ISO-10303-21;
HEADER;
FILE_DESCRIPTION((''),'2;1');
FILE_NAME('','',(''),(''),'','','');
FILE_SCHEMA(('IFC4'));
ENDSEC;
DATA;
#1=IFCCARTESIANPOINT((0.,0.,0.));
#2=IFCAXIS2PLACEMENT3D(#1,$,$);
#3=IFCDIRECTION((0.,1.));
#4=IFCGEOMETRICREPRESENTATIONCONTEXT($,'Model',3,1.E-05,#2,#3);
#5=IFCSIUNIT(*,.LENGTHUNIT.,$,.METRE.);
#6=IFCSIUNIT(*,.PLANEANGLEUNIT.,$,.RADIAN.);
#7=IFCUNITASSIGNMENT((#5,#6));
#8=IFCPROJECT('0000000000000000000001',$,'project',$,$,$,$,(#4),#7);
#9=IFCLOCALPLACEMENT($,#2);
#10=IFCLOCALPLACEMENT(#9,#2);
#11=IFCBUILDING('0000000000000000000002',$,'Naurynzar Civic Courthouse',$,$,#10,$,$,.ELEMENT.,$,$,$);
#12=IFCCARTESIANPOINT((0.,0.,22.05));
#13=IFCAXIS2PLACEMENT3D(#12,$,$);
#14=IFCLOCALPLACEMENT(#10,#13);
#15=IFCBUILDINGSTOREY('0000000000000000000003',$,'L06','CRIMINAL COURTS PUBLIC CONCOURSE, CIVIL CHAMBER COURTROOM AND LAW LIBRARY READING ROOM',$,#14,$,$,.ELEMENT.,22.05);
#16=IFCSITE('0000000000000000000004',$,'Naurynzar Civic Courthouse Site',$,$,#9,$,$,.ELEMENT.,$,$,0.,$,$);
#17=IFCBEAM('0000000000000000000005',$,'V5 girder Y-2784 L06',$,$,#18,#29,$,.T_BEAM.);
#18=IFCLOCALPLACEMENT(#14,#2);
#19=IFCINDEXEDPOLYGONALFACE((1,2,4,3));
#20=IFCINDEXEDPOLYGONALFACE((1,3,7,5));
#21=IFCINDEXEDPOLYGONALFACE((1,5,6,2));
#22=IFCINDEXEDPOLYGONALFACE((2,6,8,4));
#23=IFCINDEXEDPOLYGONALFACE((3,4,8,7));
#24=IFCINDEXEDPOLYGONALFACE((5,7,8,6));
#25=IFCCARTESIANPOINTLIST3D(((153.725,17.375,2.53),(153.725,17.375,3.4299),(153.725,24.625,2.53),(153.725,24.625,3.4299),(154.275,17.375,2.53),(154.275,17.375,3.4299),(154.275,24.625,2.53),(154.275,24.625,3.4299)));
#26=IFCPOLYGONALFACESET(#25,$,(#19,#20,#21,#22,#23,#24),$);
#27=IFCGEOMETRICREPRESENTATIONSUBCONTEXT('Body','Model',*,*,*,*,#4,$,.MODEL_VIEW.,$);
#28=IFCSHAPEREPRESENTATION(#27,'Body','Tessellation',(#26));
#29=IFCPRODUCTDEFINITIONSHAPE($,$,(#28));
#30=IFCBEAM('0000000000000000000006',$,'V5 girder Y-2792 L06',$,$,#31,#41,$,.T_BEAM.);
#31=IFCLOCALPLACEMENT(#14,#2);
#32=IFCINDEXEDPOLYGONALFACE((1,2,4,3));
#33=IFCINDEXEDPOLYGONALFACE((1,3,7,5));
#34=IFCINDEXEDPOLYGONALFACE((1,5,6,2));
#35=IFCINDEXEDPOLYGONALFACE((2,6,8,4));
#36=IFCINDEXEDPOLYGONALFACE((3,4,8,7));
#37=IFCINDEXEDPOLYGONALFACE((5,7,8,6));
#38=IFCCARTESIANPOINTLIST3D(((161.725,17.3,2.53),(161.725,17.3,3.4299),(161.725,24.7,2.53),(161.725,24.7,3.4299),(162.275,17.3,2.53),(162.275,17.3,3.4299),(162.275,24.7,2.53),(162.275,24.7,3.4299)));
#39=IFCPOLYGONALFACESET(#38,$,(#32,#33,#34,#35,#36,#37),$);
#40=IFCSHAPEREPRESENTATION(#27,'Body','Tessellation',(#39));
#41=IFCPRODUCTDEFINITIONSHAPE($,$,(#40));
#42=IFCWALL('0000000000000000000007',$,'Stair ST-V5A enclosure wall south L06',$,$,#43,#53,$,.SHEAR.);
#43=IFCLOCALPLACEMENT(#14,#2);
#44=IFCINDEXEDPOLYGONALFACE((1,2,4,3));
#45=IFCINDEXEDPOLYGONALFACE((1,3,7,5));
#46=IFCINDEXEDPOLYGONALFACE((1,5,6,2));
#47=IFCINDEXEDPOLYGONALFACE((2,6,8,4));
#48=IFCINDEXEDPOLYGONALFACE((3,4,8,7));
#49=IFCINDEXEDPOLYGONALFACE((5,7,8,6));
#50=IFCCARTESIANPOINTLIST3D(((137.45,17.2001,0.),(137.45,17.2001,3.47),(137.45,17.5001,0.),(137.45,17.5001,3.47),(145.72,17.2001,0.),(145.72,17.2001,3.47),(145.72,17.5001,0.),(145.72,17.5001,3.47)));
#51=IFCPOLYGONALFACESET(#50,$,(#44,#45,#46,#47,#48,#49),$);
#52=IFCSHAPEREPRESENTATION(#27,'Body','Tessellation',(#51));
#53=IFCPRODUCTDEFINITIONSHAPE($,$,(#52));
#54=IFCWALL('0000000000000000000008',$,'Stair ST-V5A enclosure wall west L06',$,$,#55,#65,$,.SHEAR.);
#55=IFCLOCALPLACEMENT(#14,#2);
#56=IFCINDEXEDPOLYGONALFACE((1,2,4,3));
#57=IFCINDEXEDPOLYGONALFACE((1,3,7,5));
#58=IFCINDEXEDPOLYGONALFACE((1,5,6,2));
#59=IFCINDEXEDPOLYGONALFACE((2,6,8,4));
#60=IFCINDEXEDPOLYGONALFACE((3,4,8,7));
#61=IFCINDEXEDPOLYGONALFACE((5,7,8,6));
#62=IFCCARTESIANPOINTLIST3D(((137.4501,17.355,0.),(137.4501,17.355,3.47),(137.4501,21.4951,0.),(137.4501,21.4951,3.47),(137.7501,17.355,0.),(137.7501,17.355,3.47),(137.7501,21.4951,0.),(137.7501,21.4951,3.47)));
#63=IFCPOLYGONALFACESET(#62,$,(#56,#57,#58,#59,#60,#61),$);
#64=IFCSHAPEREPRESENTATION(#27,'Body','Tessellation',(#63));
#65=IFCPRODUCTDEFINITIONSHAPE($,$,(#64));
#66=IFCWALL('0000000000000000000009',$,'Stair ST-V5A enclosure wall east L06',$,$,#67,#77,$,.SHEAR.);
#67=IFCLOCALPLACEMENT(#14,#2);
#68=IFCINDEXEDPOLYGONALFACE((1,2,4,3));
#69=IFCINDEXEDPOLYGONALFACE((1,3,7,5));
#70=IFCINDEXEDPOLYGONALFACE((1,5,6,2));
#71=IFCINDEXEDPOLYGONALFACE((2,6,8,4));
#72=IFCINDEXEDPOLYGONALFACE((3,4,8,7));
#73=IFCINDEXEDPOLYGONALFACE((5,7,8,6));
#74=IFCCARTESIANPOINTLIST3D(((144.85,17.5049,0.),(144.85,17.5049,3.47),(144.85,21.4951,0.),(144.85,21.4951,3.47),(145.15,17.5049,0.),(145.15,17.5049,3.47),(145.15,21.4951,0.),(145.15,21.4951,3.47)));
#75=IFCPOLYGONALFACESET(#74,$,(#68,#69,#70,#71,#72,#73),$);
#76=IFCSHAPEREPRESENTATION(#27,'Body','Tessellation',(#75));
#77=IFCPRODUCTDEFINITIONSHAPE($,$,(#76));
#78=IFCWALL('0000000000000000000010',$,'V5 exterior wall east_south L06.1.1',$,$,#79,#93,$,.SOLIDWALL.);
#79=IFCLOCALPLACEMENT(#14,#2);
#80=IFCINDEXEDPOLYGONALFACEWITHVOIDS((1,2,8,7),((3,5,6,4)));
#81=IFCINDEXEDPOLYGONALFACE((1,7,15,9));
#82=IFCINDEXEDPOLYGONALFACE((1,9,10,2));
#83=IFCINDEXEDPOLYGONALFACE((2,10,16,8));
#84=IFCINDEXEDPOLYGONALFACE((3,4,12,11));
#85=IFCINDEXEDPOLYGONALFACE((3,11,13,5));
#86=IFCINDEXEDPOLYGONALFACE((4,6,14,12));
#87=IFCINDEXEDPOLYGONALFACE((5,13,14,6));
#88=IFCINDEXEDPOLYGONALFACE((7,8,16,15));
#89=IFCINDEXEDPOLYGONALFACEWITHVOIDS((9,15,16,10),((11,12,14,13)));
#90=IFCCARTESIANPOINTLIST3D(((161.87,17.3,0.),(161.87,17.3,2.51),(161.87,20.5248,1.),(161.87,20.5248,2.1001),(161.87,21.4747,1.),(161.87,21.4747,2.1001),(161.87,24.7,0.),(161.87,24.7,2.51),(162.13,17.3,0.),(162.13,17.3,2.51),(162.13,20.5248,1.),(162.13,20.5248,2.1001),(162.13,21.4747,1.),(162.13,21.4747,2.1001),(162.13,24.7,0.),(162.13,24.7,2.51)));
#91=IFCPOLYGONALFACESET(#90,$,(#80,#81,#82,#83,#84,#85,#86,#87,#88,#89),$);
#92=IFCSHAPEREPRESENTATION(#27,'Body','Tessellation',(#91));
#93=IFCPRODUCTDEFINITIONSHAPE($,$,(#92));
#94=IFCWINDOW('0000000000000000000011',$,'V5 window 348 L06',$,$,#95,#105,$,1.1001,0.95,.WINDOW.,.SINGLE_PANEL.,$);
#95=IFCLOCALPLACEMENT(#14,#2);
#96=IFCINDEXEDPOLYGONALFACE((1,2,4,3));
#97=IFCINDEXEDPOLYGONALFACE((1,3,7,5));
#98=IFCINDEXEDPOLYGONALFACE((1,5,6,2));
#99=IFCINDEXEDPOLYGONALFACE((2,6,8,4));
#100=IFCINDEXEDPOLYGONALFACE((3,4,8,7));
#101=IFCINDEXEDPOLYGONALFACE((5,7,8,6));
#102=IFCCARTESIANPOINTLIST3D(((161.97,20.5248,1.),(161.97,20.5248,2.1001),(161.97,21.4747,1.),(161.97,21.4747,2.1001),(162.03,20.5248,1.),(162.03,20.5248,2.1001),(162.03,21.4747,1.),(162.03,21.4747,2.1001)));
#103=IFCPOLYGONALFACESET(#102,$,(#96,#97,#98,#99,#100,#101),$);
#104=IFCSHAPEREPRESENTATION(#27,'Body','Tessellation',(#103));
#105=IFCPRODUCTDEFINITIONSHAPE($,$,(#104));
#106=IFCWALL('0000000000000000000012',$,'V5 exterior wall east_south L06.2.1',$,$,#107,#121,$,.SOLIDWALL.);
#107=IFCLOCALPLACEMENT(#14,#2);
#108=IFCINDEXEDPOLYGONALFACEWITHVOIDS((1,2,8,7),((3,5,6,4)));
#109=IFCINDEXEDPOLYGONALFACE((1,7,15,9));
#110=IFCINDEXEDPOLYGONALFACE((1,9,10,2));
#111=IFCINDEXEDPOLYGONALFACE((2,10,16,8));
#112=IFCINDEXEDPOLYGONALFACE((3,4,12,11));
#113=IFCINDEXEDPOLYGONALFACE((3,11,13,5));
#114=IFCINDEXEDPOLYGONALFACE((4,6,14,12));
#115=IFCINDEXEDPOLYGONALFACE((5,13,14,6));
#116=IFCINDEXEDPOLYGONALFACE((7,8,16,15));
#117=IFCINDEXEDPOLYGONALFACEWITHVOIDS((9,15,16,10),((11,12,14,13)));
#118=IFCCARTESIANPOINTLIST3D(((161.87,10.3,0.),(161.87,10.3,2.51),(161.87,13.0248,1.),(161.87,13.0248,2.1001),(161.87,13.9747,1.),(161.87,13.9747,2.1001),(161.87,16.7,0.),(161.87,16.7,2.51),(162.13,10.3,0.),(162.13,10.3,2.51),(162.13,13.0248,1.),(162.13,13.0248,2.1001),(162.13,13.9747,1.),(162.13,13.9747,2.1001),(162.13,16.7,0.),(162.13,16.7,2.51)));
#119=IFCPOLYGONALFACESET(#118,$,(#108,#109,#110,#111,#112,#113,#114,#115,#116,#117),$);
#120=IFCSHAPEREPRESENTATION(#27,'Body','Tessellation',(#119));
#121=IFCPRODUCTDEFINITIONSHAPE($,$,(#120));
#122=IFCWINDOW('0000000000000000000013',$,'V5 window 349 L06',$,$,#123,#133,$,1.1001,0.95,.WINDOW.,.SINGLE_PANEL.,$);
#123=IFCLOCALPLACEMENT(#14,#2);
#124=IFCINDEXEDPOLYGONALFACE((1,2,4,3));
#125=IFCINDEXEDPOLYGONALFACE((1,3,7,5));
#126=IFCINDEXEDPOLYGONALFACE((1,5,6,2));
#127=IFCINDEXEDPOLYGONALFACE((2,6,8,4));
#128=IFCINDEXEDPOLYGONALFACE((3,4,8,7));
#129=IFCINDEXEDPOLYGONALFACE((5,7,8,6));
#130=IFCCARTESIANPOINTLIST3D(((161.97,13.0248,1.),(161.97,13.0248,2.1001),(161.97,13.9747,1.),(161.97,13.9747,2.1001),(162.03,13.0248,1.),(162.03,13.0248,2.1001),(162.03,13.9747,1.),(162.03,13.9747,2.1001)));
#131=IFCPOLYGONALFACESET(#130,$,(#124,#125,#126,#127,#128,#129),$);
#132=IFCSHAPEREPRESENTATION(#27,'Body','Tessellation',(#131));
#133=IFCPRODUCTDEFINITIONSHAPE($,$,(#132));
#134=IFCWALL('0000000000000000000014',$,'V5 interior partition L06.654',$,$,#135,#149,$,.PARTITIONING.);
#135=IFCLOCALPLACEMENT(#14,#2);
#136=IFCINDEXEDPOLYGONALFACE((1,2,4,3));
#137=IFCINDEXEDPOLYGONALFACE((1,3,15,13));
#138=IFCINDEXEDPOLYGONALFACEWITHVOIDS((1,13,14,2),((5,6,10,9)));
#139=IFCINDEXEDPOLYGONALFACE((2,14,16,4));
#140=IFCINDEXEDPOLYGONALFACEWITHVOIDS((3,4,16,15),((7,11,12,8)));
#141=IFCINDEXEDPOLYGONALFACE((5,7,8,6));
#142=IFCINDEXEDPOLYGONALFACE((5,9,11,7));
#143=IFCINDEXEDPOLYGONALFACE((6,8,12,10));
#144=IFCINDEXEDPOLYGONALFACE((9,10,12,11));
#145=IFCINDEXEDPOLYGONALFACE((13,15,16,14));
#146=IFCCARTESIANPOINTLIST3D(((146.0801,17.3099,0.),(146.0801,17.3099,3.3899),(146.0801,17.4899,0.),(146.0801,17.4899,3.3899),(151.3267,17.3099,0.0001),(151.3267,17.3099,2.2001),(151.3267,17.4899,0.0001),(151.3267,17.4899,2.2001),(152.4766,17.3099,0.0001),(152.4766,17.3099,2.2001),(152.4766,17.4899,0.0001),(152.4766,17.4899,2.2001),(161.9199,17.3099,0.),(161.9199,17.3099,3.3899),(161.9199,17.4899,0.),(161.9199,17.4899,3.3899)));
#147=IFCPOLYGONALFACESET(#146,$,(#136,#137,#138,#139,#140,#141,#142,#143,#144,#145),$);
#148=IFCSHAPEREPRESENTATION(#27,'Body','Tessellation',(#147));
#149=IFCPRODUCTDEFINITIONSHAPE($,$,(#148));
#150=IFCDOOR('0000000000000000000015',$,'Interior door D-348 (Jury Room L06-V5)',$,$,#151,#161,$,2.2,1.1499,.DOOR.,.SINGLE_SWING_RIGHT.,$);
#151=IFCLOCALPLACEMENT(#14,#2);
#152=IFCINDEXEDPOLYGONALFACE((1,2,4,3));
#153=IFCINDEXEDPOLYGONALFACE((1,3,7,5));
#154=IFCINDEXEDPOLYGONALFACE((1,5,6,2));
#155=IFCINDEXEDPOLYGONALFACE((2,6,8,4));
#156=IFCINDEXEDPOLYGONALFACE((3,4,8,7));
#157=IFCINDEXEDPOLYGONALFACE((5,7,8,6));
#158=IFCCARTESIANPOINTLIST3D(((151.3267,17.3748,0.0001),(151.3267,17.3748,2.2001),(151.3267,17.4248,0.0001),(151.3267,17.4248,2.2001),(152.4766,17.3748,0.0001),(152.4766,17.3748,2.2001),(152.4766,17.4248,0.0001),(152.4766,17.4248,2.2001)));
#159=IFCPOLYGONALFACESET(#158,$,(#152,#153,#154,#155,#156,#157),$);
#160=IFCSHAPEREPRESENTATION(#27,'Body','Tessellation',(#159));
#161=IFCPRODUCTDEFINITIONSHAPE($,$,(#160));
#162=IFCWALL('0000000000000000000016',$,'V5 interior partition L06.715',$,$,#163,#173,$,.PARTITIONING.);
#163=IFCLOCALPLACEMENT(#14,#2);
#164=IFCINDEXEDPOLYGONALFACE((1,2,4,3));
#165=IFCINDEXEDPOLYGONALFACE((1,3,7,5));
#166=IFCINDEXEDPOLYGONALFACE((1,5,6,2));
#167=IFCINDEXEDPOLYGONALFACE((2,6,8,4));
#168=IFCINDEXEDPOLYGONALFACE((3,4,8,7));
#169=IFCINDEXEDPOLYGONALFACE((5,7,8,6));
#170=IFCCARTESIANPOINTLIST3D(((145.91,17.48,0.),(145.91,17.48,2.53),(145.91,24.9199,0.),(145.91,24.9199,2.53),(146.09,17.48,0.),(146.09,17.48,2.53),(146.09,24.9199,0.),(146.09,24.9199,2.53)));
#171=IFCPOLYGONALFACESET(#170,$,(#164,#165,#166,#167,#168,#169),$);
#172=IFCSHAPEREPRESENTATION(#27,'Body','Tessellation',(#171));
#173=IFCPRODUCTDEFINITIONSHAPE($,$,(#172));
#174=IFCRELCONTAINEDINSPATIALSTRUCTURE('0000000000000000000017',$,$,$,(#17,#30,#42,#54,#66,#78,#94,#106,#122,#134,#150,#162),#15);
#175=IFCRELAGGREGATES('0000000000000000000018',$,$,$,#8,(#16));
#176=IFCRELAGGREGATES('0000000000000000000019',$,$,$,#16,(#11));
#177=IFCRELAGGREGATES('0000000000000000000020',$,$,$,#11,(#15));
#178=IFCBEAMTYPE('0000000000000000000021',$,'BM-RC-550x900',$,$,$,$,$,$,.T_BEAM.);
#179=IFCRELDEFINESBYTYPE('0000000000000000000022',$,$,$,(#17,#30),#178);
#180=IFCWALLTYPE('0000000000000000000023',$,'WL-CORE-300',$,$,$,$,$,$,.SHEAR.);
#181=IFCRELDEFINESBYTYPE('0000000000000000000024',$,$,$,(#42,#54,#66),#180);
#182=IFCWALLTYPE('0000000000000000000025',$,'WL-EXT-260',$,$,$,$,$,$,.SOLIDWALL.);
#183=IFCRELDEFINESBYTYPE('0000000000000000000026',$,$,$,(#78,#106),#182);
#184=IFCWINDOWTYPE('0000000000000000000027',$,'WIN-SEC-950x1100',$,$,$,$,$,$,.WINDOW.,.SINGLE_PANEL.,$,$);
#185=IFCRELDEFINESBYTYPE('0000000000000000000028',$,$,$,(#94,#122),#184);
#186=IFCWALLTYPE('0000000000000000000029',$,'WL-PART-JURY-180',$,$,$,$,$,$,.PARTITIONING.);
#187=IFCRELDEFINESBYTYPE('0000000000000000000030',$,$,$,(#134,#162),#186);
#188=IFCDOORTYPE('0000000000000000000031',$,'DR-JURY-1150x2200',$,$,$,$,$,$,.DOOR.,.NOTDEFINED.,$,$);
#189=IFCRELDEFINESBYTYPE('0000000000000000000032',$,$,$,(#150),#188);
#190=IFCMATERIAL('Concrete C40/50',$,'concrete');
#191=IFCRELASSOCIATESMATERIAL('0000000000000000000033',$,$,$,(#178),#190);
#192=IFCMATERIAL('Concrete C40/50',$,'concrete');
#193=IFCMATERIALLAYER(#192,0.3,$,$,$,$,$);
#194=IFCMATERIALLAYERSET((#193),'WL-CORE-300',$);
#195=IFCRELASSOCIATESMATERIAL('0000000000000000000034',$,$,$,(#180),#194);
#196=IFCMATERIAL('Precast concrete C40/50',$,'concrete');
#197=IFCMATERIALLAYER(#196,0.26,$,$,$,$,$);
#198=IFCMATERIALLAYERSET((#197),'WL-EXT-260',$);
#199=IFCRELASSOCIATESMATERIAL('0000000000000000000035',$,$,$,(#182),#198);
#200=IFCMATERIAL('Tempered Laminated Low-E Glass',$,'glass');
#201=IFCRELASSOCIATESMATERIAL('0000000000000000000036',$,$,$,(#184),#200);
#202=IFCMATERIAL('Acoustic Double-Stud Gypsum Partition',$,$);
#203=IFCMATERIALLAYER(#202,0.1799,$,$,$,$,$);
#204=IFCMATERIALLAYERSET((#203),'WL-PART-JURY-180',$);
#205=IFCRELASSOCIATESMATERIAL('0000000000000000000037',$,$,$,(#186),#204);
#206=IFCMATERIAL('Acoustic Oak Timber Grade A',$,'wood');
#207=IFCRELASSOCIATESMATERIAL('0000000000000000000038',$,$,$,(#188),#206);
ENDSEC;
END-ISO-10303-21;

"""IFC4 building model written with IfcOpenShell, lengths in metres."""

from ifc_helpers import new_model, si_unit, direction, frame, frame_2d, origin, origin_2d, place, context, subcontext, project, spatial, rectangle, extrude, material, layer, layer_set, material_profile, profile_set, type_object, element, fill, save


model = new_model("IFC4")

# Units and contexts
model_context = context("Model", 3, precision=1e-05, world=origin(), true_north=direction((0.0, 1.0)))
body_context = subcontext(model_context, "Body", "Model", "MODEL_VIEW")
ifc_project = project(units=[si_unit("LENGTHUNIT", "METRE"), si_unit("PLANEANGLEUNIT", "RADIAN")], contexts=[model_context])

# Site, building, storey
site_placement = place(None, origin())
site = spatial("IfcSite", under=ifc_project, at=site_placement, Name="Naurynzar Civic Courthouse Site", CompositionType="ELEMENT", RefElevation=0.0)
building_placement = place(site_placement, origin())
building = spatial("IfcBuilding", under=site, at=building_placement, Name="Naurynzar Civic Courthouse", CompositionType="ELEMENT")
storey_placement = place(building_placement, frame((0.0, 0.0, 22.05)))
storey = spatial("IfcBuildingStorey", under=building, at=storey_placement, Name="L06", Description="CRIMINAL COURTS PUBLIC CONCOURSE, CIVIL CHAMBER COURTROOM AND LAW LIBRARY READING ROOM", CompositionType="ELEMENT", Elevation=22.05)

# Beams
ifc_material_1 = material(Name="Concrete C40/50", Category="concrete")
ifc_material_profile_1 = material_profile(ifc_material_1, rectangle(XDim=0.55, YDim=0.8999, at=origin_2d()), Name="RCB 550x900")
ifc_profile_set_1 = profile_set([ifc_material_profile_1], Name="Concrete C40/50")
beam_type_1 = type_object("IfcBeamType", Name="BM-RC-550x900", PredefinedType="T_BEAM", material=ifc_profile_set_1)
for number, where, z_axis, x_axis, name in (
    (1, (154.0, 17.375, 2.98), (0.0, 1.0, 0.0), (-1.0, 0.0, 0.0), "V5 girder Y-2784 L06"),
):
    element("IfcBeam", number, at=place(storey_placement, frame(where, z_axis=z_axis, x_axis=x_axis)), inside=storey, type_object=beam_type_1, Name=name, PredefinedType="T_BEAM", context=body_context, shape_type="SweptSolid", body=[
        extrude(rectangle(XDim=0.55, YDim=0.8999, at=origin_2d()), origin(), (0.0, 0.0, 1.0), 7.25),
    ])
beam_placement = place(storey_placement, frame((162.0, 17.3, 2.98), z_axis=(0.0, 1.0, 0.0), x_axis=(-1.0, 0.0, 0.0)))
element("IfcBeam", 2, at=beam_placement, inside=storey, type_object=beam_type_1, Name="V5 girder Y-2792 L06", PredefinedType="T_BEAM", context=body_context, shape_type="SweptSolid", body=[
    extrude(rectangle(XDim=0.55, YDim=0.8999, at=origin_2d()), origin(), (0.0, 0.0, 1.0), 7.3999),
])

# Shared definitions
ifc_material_2 = material(Name="Concrete C40/50", Category="concrete")
ifc_layer_1 = layer(ifc_material_2, 0.3)
ifc_layer_set_1 = layer_set([ifc_layer_1], Name="WL-CORE-300")
wall_type_1 = type_object("IfcWallType", Name="WL-CORE-300", PredefinedType="SHEAR", material=ifc_layer_set_1)

# Walls
wall_1_placement = place(storey_placement, frame((137.45, 17.3501, 0.0), z_axis=(0.0, 0.0, 1.0), x_axis=(1.0, 0.0, 0.0)))
element("IfcWall", 3, at=wall_1_placement, inside=storey, type_object=wall_type_1, Name="Stair ST-V5A enclosure wall south L06", PredefinedType="SHEAR", context=body_context, shape_type="SweptSolid", body=[
    extrude(rectangle(XDim=8.27, YDim=0.3, at=frame_2d((4.135, 0.0))), origin(), (0.0, 0.0, 1.0), 3.47),
])
wall_2_placement = place(storey_placement, frame((137.6001, 21.4951, 0.0), z_axis=(0.0, 0.0, 1.0), x_axis=(0.0, -1.0, 0.0)))
element("IfcWall", 4, at=wall_2_placement, inside=storey, type_object=wall_type_1, Name="Stair ST-V5A enclosure wall west L06", PredefinedType="SHEAR", context=body_context, shape_type="SweptSolid", body=[
    extrude(rectangle(XDim=4.1401, YDim=0.3, at=frame_2d((2.0701, 0.0))), origin(), (0.0, 0.0, 1.0), 3.47),
])
wall_3_placement = place(storey_placement, frame((145.0, 17.5049, 0.0), z_axis=(0.0, 0.0, 1.0), x_axis=(0.0, 1.0, 0.0)))
element("IfcWall", 5, at=wall_3_placement, inside=storey, type_object=wall_type_1, Name="Stair ST-V5A enclosure wall east L06", PredefinedType="SHEAR", context=body_context, shape_type="SweptSolid", body=[
    extrude(rectangle(XDim=3.9902, YDim=0.3, at=frame_2d((1.9951, 0.0))), origin(), (0.0, 0.0, 1.0), 3.47),
])

# Walls, openings, windows
ifc_material_3 = material(Name="Precast concrete C40/50", Category="concrete")
ifc_layer_2 = layer(ifc_material_3, 0.26)
ifc_layer_set_2 = layer_set([ifc_layer_2], Name="WL-EXT-260")
wall_type_2 = type_object("IfcWallType", Name="WL-EXT-260", PredefinedType="SOLIDWALL", material=ifc_layer_set_2)
wall_4_placement = place(storey_placement, frame((162.0, 24.7, 0.0), z_axis=(0.0, 0.0, 1.0), x_axis=(0.0, -1.0, 0.0)))
wall_4 = element("IfcWall", 6, at=wall_4_placement, inside=storey, type_object=wall_type_2, Name="V5 exterior wall east_south L06.1.1", PredefinedType="SOLIDWALL", context=body_context, shape_type="SweptSolid", body=[
    extrude(rectangle(XDim=7.3999, YDim=0.26, at=frame_2d((3.7, 0.0))), origin(), (0.0, 0.0, 1.0), 2.51),
])
opening_1_placement = place(wall_4_placement, frame((3.2251, 0.0, 1.0)))
opening_1 = element("IfcOpeningElement", 7, at=opening_1_placement, cuts=wall_4, PredefinedType="OPENING", context=body_context, shape_type="SweptSolid", body=[
    extrude(rectangle(XDim=0.95, YDim=1.1001, at=frame_2d((0.4751, 0.55))), frame((0.0, 0.1399, 0.0), z_axis=(0.0, -1.0, 0.0), x_axis=(1.0, 0.0, 0.0)), (0.0, 0.0, 1.0), 0.28),
])
ifc_material_4 = material(Name="Tempered Laminated Low-E Glass", Category="glass")
window_type = type_object("IfcWindowType", Name="WIN-SEC-950x1100", PartitioningType="SINGLE_PANEL", PredefinedType="WINDOW", material=ifc_material_4)
window_1_placement = place(opening_1_placement, origin())
window_1 = element("IfcWindow", 8, at=window_1_placement, inside=storey, type_object=window_type, Name="V5 window 348 L06", OverallHeight=1.1001, OverallWidth=0.95, PartitioningType="SINGLE_PANEL", PredefinedType="WINDOW", context=body_context, shape_type="SweptSolid", body=[
    extrude(rectangle(XDim=0.95, YDim=1.1001, at=frame_2d((0.4751, 0.55))), frame((0.0, 0.03, 0.0), z_axis=(0.0, -1.0, 0.0), x_axis=(1.0, 0.0, 0.0)), (0.0, 0.0, 1.0), 0.0601),
])
fill(opening_1, window_1)
wall_5_placement = place(storey_placement, frame((162.0, 16.7, 0.0), z_axis=(0.0, 0.0, 1.0), x_axis=(0.0, -1.0, 0.0)))
wall_5 = element("IfcWall", 9, at=wall_5_placement, inside=storey, type_object=wall_type_2, Name="V5 exterior wall east_south L06.2.1", PredefinedType="SOLIDWALL", context=body_context, shape_type="SweptSolid", body=[
    extrude(rectangle(XDim=6.3999, YDim=0.26, at=frame_2d((3.2, 0.0))), origin(), (0.0, 0.0, 1.0), 2.51),
])
opening_2_placement = place(wall_5_placement, frame((2.7251, 0.0, 1.0)))
opening_2 = element("IfcOpeningElement", 10, at=opening_2_placement, cuts=wall_5, PredefinedType="OPENING", context=body_context, shape_type="SweptSolid", body=[
    extrude(rectangle(XDim=0.95, YDim=1.1001, at=frame_2d((0.4751, 0.55))), frame((0.0, 0.1399, 0.0), z_axis=(0.0, -1.0, 0.0), x_axis=(1.0, 0.0, 0.0)), (0.0, 0.0, 1.0), 0.28),
])
window_2_placement = place(opening_2_placement, origin())
window_2 = element("IfcWindow", 11, at=window_2_placement, inside=storey, type_object=window_type, Name="V5 window 349 L06", OverallHeight=1.1001, OverallWidth=0.95, PartitioningType="SINGLE_PANEL", PredefinedType="WINDOW", context=body_context, shape_type="SweptSolid", body=[
    extrude(rectangle(XDim=0.95, YDim=1.1001, at=frame_2d((0.4751, 0.55))), frame((0.0, 0.03, 0.0), z_axis=(0.0, -1.0, 0.0), x_axis=(1.0, 0.0, 0.0)), (0.0, 0.0, 1.0), 0.0601),
])
fill(opening_2, window_2)

# Wall, opening, door
ifc_material_5 = material(Name="Acoustic Double-Stud Gypsum Partition")
ifc_layer_3 = layer(ifc_material_5, 0.1799)
ifc_layer_set_3 = layer_set([ifc_layer_3], Name="WL-PART-JURY-180")
wall_type_3 = type_object("IfcWallType", Name="WL-PART-JURY-180", PredefinedType="PARTITIONING", material=ifc_layer_set_3)
wall_6_placement = place(storey_placement, frame((146.0801, 17.3999, 0.0), z_axis=(0.0, 0.0, 1.0), x_axis=(1.0, 0.0, 0.0)))
wall_6 = element("IfcWall", 12, at=wall_6_placement, inside=storey, type_object=wall_type_3, Name="V5 interior partition L06.654", PredefinedType="PARTITIONING", context=body_context, shape_type="SweptSolid", body=[
    extrude(rectangle(XDim=15.8398, YDim=0.1799, at=frame_2d((7.9199, 0.0))), origin(), (0.0, 0.0, 1.0), 3.3899),
])
opening_3_placement = place(wall_6_placement, frame((5.2466, 0.0, 0.0)))
opening_3 = element("IfcOpeningElement", 13, at=opening_3_placement, cuts=wall_6, PredefinedType="OPENING", context=body_context, shape_type="SweptSolid", body=[
    extrude(rectangle(XDim=1.1499, YDim=2.2, at=frame_2d((0.575, 1.1001))), frame((0.0, 0.0999, 0.0), z_axis=(0.0, -1.0, 0.0), x_axis=(1.0, 0.0, 0.0)), (0.0, 0.0, 1.0), 0.2),
])
ifc_material_6 = material(Name="Acoustic Oak Timber Grade A", Category="wood")
door_type_1 = type_object("IfcDoorType", Name="DR-JURY-1150x2200", OperationType="NOTDEFINED", PredefinedType="DOOR", material=ifc_material_6)
door_1_placement = place(opening_3_placement, origin())
door_1 = element("IfcDoor", 14, at=door_1_placement, inside=storey, type_object=door_type_1, Name="Interior door D-348 (Jury Room L06-V5)", OperationType="SINGLE_SWING_RIGHT", OverallHeight=2.2, OverallWidth=1.1499, PredefinedType="DOOR", context=body_context, shape_type="SweptSolid", body=[
    extrude(rectangle(XDim=1.1499, YDim=2.2, at=frame_2d((0.575, 1.1001))), frame((0.0, 0.0249, 0.0), z_axis=(0.0, -1.0, 0.0), x_axis=(1.0, 0.0, 0.0)), (0.0, 0.0, 1.0), 0.05),
])
fill(opening_3, door_1)

# Wall
wall_7_placement = place(storey_placement, frame((146.0, 17.48, 0.0), z_axis=(0.0, 0.0, 1.0), x_axis=(0.0, 1.0, 0.0)))
element("IfcWall", 15, at=wall_7_placement, inside=storey, type_object=wall_type_3, Name="V5 interior partition L06.715", PredefinedType="PARTITIONING", context=body_context, shape_type="SweptSolid", body=[
    extrude(rectangle(XDim=7.4399, YDim=0.1799, at=frame_2d((3.72, 0.0))), origin(), (0.0, 0.0, 1.0), 2.53),
])

save(model, "model.ifc")
